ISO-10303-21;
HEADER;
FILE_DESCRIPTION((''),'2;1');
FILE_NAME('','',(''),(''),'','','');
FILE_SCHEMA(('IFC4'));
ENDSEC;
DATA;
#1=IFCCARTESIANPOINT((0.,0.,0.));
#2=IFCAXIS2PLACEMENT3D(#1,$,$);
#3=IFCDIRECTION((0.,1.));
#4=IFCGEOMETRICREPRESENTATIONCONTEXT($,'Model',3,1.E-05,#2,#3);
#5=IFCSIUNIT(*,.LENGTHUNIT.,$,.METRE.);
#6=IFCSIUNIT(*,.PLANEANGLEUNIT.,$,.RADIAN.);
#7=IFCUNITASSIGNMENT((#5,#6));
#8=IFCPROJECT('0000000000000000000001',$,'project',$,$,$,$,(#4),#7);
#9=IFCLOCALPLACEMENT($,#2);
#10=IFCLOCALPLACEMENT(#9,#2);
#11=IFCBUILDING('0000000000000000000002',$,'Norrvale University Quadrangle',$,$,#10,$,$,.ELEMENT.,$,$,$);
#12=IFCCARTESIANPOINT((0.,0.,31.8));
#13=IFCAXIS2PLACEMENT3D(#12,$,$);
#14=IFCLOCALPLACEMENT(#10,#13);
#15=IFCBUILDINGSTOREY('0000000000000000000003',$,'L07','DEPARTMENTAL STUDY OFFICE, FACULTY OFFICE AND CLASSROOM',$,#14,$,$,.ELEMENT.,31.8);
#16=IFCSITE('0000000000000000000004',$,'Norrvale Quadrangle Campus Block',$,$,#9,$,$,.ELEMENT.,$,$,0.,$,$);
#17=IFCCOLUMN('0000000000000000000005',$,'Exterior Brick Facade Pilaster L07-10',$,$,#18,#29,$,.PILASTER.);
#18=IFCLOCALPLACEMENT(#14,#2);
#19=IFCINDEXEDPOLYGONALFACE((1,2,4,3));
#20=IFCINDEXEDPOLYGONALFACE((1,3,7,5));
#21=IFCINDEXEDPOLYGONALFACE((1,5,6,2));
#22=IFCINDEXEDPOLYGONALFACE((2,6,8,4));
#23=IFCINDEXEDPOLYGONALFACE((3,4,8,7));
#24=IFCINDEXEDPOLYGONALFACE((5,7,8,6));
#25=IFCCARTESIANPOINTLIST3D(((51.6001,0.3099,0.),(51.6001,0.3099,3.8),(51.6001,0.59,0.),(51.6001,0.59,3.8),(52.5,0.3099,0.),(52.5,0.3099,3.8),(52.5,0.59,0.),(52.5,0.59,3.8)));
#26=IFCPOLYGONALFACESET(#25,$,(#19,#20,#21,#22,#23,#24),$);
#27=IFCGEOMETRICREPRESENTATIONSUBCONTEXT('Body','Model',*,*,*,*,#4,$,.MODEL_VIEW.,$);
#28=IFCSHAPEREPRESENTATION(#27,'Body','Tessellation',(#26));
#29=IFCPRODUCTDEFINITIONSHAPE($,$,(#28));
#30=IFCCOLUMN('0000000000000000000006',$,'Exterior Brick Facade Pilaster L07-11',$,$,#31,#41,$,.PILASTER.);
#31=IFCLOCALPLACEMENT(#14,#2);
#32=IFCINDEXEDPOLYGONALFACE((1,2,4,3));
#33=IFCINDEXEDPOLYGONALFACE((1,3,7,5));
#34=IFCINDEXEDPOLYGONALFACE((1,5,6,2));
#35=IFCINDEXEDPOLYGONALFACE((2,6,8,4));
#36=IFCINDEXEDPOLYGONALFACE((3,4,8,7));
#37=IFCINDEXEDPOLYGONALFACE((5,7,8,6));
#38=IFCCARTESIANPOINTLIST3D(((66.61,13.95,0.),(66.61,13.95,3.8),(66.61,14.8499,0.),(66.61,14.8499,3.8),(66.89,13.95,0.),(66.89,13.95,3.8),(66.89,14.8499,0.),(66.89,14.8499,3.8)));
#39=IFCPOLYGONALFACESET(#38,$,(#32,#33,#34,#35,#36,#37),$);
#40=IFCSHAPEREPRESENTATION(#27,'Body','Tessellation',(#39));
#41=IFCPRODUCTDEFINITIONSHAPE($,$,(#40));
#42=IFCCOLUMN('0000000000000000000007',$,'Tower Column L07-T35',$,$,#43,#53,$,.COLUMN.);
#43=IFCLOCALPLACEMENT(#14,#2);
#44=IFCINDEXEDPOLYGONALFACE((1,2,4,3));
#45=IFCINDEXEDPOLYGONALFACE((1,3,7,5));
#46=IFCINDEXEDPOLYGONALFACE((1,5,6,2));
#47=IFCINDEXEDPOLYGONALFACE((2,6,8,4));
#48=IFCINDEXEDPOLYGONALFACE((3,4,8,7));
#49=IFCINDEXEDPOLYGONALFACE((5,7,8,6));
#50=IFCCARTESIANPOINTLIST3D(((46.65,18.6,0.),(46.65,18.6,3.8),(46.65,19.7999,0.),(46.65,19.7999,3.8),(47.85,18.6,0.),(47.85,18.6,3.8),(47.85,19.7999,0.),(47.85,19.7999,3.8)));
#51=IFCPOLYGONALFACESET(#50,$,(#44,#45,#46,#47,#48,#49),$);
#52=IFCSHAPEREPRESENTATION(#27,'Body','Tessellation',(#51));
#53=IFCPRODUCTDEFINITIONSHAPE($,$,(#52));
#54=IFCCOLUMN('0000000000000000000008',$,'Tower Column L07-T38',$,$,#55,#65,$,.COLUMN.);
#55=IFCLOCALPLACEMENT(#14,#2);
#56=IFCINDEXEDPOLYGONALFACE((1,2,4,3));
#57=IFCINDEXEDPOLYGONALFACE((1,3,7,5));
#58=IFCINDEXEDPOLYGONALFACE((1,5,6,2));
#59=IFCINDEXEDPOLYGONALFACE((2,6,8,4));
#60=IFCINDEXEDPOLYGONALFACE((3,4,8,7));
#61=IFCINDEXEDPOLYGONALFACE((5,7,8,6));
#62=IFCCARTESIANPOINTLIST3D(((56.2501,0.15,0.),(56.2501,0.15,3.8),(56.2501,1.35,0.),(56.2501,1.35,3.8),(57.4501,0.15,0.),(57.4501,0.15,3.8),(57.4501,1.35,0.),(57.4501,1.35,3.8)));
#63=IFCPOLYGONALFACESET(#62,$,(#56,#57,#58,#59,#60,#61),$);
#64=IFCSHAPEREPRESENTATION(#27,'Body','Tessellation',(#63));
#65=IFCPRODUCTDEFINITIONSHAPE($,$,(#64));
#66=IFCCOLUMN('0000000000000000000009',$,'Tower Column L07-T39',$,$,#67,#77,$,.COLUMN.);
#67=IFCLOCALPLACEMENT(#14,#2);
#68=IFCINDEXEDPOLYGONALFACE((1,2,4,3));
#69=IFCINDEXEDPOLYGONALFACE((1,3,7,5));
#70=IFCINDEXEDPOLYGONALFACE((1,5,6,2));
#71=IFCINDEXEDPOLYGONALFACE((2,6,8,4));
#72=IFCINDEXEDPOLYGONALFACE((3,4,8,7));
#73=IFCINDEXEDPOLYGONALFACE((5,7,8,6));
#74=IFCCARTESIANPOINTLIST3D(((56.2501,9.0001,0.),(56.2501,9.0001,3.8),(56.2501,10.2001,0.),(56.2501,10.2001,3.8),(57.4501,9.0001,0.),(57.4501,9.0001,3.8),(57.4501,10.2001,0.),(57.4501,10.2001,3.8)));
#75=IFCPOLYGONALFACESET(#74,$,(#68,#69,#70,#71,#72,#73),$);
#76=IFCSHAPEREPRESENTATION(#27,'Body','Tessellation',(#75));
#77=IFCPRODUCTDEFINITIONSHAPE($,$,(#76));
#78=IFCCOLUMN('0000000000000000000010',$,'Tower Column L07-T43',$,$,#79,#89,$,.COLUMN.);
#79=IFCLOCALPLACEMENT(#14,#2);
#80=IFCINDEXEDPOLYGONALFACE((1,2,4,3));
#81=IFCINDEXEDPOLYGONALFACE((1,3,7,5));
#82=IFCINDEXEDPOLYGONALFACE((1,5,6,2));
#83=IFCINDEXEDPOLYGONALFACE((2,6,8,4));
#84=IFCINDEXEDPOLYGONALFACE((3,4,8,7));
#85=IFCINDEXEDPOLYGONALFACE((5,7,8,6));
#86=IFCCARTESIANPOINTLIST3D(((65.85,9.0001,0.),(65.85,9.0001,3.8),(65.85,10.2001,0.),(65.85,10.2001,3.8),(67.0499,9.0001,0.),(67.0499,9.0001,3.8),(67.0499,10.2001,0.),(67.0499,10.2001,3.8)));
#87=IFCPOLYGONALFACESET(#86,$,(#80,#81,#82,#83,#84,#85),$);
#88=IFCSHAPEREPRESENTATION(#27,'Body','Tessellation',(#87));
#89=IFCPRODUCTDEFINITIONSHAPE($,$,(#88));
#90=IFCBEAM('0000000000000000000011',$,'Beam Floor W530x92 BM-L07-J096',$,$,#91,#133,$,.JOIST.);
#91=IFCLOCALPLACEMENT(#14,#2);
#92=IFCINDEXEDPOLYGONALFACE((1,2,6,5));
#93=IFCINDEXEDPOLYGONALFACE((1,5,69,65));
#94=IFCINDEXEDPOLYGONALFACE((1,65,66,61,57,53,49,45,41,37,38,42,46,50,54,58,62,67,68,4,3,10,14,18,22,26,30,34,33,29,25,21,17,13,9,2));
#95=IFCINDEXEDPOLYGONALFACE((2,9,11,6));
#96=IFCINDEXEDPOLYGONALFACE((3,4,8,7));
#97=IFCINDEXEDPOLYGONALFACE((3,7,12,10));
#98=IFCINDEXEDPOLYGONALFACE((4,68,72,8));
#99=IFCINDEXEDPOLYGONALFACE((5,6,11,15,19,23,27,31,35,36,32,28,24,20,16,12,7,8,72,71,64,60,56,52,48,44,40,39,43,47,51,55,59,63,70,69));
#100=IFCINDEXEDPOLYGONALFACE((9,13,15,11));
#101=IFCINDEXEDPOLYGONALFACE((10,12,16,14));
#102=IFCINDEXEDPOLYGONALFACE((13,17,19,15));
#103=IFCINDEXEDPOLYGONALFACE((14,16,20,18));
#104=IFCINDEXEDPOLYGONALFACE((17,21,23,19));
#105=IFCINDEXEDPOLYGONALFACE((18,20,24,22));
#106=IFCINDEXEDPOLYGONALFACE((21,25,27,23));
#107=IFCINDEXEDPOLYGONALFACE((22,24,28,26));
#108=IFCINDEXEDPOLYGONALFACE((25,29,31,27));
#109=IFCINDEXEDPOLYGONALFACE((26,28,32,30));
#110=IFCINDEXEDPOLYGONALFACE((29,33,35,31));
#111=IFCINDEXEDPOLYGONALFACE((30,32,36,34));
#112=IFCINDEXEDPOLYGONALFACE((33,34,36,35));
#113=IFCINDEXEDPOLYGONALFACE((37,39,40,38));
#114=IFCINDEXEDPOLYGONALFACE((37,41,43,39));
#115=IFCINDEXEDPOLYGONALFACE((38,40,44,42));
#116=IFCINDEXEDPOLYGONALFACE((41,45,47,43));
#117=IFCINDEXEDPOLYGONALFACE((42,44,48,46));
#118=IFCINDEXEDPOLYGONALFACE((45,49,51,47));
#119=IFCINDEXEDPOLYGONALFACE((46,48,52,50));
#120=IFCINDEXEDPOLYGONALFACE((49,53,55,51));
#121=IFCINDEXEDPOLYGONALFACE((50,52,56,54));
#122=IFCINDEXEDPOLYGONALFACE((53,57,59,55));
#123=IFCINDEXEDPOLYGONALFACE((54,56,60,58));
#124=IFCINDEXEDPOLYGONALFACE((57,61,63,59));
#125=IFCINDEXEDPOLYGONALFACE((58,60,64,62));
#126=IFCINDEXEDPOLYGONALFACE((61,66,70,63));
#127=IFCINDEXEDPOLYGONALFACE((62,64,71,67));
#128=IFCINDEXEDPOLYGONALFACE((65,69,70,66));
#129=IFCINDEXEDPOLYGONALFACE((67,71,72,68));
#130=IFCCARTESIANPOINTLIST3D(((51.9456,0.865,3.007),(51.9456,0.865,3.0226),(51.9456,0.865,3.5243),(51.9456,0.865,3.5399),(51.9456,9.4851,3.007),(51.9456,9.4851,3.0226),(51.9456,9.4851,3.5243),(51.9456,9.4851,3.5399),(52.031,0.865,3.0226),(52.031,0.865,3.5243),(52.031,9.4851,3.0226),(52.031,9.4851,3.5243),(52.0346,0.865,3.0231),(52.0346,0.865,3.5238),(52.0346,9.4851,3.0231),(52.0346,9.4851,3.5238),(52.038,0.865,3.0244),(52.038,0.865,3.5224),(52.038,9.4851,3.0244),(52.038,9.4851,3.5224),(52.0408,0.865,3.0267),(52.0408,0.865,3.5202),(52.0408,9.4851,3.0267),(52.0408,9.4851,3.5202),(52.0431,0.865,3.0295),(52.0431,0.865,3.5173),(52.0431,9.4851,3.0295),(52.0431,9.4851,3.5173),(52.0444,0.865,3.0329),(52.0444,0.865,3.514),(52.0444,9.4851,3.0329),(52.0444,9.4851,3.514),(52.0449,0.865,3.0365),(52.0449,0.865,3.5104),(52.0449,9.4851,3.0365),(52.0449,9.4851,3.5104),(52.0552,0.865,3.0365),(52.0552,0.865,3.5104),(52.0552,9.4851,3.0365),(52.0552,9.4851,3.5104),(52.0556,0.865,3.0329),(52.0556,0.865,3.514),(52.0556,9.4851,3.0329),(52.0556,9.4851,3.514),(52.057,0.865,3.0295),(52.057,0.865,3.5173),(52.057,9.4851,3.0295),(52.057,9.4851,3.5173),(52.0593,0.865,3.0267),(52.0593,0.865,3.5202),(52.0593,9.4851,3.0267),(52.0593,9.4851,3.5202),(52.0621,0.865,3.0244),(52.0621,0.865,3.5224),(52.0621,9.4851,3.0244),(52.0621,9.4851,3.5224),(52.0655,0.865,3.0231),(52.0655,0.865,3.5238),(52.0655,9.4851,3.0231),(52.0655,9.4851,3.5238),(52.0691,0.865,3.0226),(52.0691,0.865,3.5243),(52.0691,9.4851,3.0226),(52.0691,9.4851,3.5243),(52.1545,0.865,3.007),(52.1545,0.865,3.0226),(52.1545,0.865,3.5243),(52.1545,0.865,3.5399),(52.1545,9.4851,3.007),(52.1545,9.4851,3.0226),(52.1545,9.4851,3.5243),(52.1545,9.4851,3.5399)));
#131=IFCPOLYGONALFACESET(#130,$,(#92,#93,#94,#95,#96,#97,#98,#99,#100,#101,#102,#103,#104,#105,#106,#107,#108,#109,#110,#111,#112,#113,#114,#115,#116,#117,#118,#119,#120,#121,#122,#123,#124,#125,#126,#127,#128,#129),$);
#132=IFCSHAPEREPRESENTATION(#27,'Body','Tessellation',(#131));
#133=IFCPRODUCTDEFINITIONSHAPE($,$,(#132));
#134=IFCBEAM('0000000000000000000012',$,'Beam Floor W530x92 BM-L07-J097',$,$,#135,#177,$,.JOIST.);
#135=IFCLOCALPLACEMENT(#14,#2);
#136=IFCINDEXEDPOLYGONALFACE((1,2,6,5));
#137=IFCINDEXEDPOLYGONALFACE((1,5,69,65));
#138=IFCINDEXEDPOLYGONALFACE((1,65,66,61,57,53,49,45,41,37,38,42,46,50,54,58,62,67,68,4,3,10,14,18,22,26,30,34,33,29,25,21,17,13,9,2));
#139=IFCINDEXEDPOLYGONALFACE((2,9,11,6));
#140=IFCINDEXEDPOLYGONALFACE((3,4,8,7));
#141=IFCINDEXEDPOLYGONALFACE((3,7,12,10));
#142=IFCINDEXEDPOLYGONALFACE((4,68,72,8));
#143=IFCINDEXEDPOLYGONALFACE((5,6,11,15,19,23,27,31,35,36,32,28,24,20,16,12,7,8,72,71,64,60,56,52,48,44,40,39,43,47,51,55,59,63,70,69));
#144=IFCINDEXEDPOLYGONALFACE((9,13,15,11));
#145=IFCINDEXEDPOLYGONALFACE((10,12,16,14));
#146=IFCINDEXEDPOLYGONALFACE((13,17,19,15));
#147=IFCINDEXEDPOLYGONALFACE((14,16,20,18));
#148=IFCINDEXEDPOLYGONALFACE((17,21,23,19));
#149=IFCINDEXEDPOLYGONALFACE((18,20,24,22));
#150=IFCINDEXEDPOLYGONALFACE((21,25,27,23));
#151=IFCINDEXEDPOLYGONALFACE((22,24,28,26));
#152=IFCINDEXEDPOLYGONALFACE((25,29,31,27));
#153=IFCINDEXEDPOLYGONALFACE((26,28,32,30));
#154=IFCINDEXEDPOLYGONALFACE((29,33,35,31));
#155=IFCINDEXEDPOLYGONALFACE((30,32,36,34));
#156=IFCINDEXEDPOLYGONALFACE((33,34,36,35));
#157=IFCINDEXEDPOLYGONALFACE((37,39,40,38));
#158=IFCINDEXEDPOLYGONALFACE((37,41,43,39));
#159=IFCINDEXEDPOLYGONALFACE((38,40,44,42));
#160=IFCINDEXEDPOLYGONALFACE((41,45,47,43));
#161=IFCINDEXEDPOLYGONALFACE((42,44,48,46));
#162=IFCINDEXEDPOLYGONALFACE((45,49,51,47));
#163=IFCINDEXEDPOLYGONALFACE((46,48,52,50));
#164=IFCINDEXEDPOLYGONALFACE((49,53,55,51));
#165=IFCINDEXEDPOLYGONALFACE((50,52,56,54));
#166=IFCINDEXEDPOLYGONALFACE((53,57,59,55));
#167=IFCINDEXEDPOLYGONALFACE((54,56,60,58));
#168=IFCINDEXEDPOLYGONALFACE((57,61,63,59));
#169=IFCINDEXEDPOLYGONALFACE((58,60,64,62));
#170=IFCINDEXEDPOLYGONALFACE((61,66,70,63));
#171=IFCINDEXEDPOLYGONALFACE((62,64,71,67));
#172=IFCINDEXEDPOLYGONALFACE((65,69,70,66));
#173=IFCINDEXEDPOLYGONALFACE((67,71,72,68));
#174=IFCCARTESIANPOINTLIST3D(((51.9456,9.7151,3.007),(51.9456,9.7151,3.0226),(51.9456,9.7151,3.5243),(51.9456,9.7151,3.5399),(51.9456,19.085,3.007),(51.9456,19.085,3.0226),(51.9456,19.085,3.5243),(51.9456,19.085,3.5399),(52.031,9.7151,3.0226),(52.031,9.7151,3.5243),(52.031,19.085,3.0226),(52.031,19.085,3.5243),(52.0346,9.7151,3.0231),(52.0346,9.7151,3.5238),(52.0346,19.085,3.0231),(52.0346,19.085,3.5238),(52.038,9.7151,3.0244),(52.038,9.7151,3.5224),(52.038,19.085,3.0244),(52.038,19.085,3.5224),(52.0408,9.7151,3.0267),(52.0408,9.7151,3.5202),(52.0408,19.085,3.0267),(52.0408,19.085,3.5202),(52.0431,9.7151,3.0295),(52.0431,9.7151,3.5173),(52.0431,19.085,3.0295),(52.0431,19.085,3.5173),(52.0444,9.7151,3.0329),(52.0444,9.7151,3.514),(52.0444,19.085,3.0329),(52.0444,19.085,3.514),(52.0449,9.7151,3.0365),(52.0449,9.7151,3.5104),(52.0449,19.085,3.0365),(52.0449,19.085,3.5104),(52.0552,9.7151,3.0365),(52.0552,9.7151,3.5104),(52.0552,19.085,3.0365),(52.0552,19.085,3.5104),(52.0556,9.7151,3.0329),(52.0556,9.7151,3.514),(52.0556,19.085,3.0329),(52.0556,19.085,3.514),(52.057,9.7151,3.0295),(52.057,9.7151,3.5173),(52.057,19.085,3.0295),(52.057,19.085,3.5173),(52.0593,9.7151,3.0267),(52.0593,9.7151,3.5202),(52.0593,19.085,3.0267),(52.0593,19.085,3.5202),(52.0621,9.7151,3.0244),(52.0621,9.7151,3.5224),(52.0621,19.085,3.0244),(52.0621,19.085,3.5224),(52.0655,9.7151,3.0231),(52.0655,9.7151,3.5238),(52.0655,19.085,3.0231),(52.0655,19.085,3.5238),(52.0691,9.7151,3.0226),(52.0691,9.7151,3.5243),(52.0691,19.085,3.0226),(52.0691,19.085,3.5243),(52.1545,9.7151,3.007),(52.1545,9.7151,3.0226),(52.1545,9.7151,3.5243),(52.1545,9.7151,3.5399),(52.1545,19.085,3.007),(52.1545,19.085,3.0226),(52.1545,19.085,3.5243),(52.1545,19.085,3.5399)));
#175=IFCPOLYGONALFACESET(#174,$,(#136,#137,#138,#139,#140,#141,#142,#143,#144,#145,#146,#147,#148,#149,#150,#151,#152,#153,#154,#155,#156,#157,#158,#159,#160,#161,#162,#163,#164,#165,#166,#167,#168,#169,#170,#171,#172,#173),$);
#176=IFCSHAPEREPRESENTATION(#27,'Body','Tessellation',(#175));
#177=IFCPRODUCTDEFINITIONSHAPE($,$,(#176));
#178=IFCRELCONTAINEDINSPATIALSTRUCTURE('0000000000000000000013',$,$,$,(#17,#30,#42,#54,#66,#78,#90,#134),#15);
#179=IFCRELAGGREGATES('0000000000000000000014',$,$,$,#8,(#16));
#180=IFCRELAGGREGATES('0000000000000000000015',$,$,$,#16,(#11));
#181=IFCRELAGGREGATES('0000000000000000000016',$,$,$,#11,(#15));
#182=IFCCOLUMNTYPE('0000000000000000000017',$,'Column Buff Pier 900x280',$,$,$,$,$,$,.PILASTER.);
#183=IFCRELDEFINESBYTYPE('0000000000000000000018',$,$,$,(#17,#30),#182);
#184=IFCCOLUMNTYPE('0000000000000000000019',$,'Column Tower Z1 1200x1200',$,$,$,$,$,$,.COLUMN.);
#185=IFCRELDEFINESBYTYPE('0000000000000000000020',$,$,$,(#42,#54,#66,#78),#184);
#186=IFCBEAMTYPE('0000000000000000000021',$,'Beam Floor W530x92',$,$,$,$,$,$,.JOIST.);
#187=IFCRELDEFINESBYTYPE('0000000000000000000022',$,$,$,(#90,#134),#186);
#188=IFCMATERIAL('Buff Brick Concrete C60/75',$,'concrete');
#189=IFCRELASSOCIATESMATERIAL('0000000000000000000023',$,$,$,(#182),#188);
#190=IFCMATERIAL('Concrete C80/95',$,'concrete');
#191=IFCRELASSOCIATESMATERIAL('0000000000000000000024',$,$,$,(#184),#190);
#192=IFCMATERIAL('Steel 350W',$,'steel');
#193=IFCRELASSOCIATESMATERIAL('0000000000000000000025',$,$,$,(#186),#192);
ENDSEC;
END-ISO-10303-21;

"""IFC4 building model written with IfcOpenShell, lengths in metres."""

from ifc_helpers import new_model, si_unit, direction, frame, origin, origin_2d, place, context, subcontext, project, spatial, rectangle, i_section, extrude, material, material_profile, profile_set, type_object, element, save


model = new_model("IFC4")

# Units and contexts
model_context = context("Model", 3, precision=1e-05, world=origin(), true_north=direction((0.0, 1.0)))
body_context = subcontext(model_context, "Body", "Model", "MODEL_VIEW")
ifc_project = project(units=[si_unit("LENGTHUNIT", "METRE"), si_unit("PLANEANGLEUNIT", "RADIAN")], contexts=[model_context])

# Site, building, storey
site_placement = place(None, origin())
site = spatial("IfcSite", under=ifc_project, at=site_placement, Name="Norrvale Quadrangle Campus Block", CompositionType="ELEMENT", RefElevation=0.0)
building_placement = place(site_placement, origin())
building = spatial("IfcBuilding", under=site, at=building_placement, Name="Norrvale University Quadrangle", CompositionType="ELEMENT")
storey_placement = place(building_placement, frame((0.0, 0.0, 31.8)))
storey = spatial("IfcBuildingStorey", under=building, at=storey_placement, Name="L07", Description="DEPARTMENTAL STUDY OFFICE, FACULTY OFFICE AND CLASSROOM", CompositionType="ELEMENT", Elevation=31.8)

# Columns
ifc_material_1 = material(Name="Buff Brick Concrete C60/75", Category="concrete")
ifc_material_profile_1 = material_profile(ifc_material_1, rectangle(XDim=0.8999, YDim=0.28, at=origin_2d()), Name="Buff Brick Concrete C60/75")
ifc_profile_set_1 = profile_set([ifc_material_profile_1], Name="Buff Brick Concrete C60/75")
column_type_1 = type_object("IfcColumnType", Name="Column Buff Pier 900x280", PredefinedType="PILASTER", material=ifc_profile_set_1)
for number, where, z_axis, x_axis, name in (
    (1, (52.05, 0.45, 0.0), (0.0, 0.0, 1.0), (1.0, 0.0, 0.0), "Exterior Brick Facade Pilaster L07-10"),
    (2, (66.75, 14.3999, 0.0), (0.0, 0.0, 1.0), (0.0, 1.0, 0.0), "Exterior Brick Facade Pilaster L07-11"),
):
    element("IfcColumn", number, at=place(storey_placement, frame(where, z_axis=z_axis, x_axis=x_axis)), inside=storey, type_object=column_type_1, Name=name, PredefinedType="PILASTER", context=body_context, shape_type="SweptSolid", body=[
        extrude(rectangle(XDim=0.8999, YDim=0.28, at=origin_2d()), origin(), (0.0, 0.0, 1.0), 3.8),
    ])
ifc_material_2 = material(Name="Concrete C80/95", Category="concrete")
ifc_material_profile_2 = material_profile(ifc_material_2, rectangle(XDim=1.2, YDim=1.2, at=origin_2d()), Name="Concrete C80/95")
ifc_profile_set_2 = profile_set([ifc_material_profile_2], Name="Concrete C80/95")
column_type_2 = type_object("IfcColumnType", Name="Column Tower Z1 1200x1200", PredefinedType="COLUMN", material=ifc_profile_set_2)
for number, where, z_axis, x_axis, name in (
    (3, (47.25, 19.2, 0.0), (0.0, 0.0, 1.0), (1.0, 0.0, 0.0), "Tower Column L07-T35"),
    (4, (56.8501, 0.75, 0.0), (0.0, 0.0, 1.0), (1.0, 0.0, 0.0), "Tower Column L07-T38"),
    (5, (56.8501, 9.6001, 0.0), (0.0, 0.0, 1.0), (1.0, 0.0, 0.0), "Tower Column L07-T39"),
    (6, (66.45, 9.6001, 0.0), (0.0, 0.0, 1.0), (1.0, 0.0, 0.0), "Tower Column L07-T43"),
):
    element("IfcColumn", number, at=place(storey_placement, frame(where, z_axis=z_axis, x_axis=x_axis)), inside=storey, type_object=column_type_2, Name=name, PredefinedType="COLUMN", context=body_context, shape_type="SweptSolid", body=[
        extrude(rectangle(XDim=1.2, YDim=1.2, at=origin_2d()), origin(), (0.0, 0.0, 1.0), 3.8),
    ])

# Beams
ifc_material_3 = material(Name="Steel 350W", Category="steel")
ifc_material_profile_3 = material_profile(ifc_material_3, i_section(OverallWidth=0.209, OverallDepth=0.533, WebThickness=0.0103, FlangeThickness=0.0156, FilletRadius=0.0139, at=origin_2d()), Name="Steel 350W")
ifc_profile_set_3 = profile_set([ifc_material_profile_3], Name="Steel 350W")
beam_type_1 = type_object("IfcBeamType", Name="Beam Floor W530x92", PredefinedType="JOIST", material=ifc_profile_set_3)
beam_1_placement = place(storey_placement, frame((52.05, 0.865, 3.2734), z_axis=(0.0, 1.0, 0.0), x_axis=(-1.0, 0.0, 0.0)))
element("IfcBeam", 7, at=beam_1_placement, inside=storey, type_object=beam_type_1, Name="Beam Floor W530x92 BM-L07-J096", PredefinedType="JOIST", context=body_context, shape_type="SweptSolid", body=[
    extrude(i_section(OverallWidth=0.209, OverallDepth=0.533, WebThickness=0.0103, FlangeThickness=0.0156, FilletRadius=0.0139, at=origin_2d()), origin(), (0.0, 0.0, 1.0), 8.6201),
])
for number, where, z_axis, x_axis, name in (
    (8, (52.05, 9.7151, 3.2734), (0.0, 1.0, 0.0), (-1.0, 0.0, 0.0), "Beam Floor W530x92 BM-L07-J097"),
):
    element("IfcBeam", number, at=place(storey_placement, frame(where, z_axis=z_axis, x_axis=x_axis)), inside=storey, type_object=beam_type_1, Name=name, PredefinedType="JOIST", context=body_context, shape_type="SweptSolid", body=[
        extrude(i_section(OverallWidth=0.209, OverallDepth=0.533, WebThickness=0.0103, FlangeThickness=0.0156, FilletRadius=0.0139, at=origin_2d()), origin(), (0.0, 0.0, 1.0), 9.3699),
    ])

save(model, "model.ifc")
